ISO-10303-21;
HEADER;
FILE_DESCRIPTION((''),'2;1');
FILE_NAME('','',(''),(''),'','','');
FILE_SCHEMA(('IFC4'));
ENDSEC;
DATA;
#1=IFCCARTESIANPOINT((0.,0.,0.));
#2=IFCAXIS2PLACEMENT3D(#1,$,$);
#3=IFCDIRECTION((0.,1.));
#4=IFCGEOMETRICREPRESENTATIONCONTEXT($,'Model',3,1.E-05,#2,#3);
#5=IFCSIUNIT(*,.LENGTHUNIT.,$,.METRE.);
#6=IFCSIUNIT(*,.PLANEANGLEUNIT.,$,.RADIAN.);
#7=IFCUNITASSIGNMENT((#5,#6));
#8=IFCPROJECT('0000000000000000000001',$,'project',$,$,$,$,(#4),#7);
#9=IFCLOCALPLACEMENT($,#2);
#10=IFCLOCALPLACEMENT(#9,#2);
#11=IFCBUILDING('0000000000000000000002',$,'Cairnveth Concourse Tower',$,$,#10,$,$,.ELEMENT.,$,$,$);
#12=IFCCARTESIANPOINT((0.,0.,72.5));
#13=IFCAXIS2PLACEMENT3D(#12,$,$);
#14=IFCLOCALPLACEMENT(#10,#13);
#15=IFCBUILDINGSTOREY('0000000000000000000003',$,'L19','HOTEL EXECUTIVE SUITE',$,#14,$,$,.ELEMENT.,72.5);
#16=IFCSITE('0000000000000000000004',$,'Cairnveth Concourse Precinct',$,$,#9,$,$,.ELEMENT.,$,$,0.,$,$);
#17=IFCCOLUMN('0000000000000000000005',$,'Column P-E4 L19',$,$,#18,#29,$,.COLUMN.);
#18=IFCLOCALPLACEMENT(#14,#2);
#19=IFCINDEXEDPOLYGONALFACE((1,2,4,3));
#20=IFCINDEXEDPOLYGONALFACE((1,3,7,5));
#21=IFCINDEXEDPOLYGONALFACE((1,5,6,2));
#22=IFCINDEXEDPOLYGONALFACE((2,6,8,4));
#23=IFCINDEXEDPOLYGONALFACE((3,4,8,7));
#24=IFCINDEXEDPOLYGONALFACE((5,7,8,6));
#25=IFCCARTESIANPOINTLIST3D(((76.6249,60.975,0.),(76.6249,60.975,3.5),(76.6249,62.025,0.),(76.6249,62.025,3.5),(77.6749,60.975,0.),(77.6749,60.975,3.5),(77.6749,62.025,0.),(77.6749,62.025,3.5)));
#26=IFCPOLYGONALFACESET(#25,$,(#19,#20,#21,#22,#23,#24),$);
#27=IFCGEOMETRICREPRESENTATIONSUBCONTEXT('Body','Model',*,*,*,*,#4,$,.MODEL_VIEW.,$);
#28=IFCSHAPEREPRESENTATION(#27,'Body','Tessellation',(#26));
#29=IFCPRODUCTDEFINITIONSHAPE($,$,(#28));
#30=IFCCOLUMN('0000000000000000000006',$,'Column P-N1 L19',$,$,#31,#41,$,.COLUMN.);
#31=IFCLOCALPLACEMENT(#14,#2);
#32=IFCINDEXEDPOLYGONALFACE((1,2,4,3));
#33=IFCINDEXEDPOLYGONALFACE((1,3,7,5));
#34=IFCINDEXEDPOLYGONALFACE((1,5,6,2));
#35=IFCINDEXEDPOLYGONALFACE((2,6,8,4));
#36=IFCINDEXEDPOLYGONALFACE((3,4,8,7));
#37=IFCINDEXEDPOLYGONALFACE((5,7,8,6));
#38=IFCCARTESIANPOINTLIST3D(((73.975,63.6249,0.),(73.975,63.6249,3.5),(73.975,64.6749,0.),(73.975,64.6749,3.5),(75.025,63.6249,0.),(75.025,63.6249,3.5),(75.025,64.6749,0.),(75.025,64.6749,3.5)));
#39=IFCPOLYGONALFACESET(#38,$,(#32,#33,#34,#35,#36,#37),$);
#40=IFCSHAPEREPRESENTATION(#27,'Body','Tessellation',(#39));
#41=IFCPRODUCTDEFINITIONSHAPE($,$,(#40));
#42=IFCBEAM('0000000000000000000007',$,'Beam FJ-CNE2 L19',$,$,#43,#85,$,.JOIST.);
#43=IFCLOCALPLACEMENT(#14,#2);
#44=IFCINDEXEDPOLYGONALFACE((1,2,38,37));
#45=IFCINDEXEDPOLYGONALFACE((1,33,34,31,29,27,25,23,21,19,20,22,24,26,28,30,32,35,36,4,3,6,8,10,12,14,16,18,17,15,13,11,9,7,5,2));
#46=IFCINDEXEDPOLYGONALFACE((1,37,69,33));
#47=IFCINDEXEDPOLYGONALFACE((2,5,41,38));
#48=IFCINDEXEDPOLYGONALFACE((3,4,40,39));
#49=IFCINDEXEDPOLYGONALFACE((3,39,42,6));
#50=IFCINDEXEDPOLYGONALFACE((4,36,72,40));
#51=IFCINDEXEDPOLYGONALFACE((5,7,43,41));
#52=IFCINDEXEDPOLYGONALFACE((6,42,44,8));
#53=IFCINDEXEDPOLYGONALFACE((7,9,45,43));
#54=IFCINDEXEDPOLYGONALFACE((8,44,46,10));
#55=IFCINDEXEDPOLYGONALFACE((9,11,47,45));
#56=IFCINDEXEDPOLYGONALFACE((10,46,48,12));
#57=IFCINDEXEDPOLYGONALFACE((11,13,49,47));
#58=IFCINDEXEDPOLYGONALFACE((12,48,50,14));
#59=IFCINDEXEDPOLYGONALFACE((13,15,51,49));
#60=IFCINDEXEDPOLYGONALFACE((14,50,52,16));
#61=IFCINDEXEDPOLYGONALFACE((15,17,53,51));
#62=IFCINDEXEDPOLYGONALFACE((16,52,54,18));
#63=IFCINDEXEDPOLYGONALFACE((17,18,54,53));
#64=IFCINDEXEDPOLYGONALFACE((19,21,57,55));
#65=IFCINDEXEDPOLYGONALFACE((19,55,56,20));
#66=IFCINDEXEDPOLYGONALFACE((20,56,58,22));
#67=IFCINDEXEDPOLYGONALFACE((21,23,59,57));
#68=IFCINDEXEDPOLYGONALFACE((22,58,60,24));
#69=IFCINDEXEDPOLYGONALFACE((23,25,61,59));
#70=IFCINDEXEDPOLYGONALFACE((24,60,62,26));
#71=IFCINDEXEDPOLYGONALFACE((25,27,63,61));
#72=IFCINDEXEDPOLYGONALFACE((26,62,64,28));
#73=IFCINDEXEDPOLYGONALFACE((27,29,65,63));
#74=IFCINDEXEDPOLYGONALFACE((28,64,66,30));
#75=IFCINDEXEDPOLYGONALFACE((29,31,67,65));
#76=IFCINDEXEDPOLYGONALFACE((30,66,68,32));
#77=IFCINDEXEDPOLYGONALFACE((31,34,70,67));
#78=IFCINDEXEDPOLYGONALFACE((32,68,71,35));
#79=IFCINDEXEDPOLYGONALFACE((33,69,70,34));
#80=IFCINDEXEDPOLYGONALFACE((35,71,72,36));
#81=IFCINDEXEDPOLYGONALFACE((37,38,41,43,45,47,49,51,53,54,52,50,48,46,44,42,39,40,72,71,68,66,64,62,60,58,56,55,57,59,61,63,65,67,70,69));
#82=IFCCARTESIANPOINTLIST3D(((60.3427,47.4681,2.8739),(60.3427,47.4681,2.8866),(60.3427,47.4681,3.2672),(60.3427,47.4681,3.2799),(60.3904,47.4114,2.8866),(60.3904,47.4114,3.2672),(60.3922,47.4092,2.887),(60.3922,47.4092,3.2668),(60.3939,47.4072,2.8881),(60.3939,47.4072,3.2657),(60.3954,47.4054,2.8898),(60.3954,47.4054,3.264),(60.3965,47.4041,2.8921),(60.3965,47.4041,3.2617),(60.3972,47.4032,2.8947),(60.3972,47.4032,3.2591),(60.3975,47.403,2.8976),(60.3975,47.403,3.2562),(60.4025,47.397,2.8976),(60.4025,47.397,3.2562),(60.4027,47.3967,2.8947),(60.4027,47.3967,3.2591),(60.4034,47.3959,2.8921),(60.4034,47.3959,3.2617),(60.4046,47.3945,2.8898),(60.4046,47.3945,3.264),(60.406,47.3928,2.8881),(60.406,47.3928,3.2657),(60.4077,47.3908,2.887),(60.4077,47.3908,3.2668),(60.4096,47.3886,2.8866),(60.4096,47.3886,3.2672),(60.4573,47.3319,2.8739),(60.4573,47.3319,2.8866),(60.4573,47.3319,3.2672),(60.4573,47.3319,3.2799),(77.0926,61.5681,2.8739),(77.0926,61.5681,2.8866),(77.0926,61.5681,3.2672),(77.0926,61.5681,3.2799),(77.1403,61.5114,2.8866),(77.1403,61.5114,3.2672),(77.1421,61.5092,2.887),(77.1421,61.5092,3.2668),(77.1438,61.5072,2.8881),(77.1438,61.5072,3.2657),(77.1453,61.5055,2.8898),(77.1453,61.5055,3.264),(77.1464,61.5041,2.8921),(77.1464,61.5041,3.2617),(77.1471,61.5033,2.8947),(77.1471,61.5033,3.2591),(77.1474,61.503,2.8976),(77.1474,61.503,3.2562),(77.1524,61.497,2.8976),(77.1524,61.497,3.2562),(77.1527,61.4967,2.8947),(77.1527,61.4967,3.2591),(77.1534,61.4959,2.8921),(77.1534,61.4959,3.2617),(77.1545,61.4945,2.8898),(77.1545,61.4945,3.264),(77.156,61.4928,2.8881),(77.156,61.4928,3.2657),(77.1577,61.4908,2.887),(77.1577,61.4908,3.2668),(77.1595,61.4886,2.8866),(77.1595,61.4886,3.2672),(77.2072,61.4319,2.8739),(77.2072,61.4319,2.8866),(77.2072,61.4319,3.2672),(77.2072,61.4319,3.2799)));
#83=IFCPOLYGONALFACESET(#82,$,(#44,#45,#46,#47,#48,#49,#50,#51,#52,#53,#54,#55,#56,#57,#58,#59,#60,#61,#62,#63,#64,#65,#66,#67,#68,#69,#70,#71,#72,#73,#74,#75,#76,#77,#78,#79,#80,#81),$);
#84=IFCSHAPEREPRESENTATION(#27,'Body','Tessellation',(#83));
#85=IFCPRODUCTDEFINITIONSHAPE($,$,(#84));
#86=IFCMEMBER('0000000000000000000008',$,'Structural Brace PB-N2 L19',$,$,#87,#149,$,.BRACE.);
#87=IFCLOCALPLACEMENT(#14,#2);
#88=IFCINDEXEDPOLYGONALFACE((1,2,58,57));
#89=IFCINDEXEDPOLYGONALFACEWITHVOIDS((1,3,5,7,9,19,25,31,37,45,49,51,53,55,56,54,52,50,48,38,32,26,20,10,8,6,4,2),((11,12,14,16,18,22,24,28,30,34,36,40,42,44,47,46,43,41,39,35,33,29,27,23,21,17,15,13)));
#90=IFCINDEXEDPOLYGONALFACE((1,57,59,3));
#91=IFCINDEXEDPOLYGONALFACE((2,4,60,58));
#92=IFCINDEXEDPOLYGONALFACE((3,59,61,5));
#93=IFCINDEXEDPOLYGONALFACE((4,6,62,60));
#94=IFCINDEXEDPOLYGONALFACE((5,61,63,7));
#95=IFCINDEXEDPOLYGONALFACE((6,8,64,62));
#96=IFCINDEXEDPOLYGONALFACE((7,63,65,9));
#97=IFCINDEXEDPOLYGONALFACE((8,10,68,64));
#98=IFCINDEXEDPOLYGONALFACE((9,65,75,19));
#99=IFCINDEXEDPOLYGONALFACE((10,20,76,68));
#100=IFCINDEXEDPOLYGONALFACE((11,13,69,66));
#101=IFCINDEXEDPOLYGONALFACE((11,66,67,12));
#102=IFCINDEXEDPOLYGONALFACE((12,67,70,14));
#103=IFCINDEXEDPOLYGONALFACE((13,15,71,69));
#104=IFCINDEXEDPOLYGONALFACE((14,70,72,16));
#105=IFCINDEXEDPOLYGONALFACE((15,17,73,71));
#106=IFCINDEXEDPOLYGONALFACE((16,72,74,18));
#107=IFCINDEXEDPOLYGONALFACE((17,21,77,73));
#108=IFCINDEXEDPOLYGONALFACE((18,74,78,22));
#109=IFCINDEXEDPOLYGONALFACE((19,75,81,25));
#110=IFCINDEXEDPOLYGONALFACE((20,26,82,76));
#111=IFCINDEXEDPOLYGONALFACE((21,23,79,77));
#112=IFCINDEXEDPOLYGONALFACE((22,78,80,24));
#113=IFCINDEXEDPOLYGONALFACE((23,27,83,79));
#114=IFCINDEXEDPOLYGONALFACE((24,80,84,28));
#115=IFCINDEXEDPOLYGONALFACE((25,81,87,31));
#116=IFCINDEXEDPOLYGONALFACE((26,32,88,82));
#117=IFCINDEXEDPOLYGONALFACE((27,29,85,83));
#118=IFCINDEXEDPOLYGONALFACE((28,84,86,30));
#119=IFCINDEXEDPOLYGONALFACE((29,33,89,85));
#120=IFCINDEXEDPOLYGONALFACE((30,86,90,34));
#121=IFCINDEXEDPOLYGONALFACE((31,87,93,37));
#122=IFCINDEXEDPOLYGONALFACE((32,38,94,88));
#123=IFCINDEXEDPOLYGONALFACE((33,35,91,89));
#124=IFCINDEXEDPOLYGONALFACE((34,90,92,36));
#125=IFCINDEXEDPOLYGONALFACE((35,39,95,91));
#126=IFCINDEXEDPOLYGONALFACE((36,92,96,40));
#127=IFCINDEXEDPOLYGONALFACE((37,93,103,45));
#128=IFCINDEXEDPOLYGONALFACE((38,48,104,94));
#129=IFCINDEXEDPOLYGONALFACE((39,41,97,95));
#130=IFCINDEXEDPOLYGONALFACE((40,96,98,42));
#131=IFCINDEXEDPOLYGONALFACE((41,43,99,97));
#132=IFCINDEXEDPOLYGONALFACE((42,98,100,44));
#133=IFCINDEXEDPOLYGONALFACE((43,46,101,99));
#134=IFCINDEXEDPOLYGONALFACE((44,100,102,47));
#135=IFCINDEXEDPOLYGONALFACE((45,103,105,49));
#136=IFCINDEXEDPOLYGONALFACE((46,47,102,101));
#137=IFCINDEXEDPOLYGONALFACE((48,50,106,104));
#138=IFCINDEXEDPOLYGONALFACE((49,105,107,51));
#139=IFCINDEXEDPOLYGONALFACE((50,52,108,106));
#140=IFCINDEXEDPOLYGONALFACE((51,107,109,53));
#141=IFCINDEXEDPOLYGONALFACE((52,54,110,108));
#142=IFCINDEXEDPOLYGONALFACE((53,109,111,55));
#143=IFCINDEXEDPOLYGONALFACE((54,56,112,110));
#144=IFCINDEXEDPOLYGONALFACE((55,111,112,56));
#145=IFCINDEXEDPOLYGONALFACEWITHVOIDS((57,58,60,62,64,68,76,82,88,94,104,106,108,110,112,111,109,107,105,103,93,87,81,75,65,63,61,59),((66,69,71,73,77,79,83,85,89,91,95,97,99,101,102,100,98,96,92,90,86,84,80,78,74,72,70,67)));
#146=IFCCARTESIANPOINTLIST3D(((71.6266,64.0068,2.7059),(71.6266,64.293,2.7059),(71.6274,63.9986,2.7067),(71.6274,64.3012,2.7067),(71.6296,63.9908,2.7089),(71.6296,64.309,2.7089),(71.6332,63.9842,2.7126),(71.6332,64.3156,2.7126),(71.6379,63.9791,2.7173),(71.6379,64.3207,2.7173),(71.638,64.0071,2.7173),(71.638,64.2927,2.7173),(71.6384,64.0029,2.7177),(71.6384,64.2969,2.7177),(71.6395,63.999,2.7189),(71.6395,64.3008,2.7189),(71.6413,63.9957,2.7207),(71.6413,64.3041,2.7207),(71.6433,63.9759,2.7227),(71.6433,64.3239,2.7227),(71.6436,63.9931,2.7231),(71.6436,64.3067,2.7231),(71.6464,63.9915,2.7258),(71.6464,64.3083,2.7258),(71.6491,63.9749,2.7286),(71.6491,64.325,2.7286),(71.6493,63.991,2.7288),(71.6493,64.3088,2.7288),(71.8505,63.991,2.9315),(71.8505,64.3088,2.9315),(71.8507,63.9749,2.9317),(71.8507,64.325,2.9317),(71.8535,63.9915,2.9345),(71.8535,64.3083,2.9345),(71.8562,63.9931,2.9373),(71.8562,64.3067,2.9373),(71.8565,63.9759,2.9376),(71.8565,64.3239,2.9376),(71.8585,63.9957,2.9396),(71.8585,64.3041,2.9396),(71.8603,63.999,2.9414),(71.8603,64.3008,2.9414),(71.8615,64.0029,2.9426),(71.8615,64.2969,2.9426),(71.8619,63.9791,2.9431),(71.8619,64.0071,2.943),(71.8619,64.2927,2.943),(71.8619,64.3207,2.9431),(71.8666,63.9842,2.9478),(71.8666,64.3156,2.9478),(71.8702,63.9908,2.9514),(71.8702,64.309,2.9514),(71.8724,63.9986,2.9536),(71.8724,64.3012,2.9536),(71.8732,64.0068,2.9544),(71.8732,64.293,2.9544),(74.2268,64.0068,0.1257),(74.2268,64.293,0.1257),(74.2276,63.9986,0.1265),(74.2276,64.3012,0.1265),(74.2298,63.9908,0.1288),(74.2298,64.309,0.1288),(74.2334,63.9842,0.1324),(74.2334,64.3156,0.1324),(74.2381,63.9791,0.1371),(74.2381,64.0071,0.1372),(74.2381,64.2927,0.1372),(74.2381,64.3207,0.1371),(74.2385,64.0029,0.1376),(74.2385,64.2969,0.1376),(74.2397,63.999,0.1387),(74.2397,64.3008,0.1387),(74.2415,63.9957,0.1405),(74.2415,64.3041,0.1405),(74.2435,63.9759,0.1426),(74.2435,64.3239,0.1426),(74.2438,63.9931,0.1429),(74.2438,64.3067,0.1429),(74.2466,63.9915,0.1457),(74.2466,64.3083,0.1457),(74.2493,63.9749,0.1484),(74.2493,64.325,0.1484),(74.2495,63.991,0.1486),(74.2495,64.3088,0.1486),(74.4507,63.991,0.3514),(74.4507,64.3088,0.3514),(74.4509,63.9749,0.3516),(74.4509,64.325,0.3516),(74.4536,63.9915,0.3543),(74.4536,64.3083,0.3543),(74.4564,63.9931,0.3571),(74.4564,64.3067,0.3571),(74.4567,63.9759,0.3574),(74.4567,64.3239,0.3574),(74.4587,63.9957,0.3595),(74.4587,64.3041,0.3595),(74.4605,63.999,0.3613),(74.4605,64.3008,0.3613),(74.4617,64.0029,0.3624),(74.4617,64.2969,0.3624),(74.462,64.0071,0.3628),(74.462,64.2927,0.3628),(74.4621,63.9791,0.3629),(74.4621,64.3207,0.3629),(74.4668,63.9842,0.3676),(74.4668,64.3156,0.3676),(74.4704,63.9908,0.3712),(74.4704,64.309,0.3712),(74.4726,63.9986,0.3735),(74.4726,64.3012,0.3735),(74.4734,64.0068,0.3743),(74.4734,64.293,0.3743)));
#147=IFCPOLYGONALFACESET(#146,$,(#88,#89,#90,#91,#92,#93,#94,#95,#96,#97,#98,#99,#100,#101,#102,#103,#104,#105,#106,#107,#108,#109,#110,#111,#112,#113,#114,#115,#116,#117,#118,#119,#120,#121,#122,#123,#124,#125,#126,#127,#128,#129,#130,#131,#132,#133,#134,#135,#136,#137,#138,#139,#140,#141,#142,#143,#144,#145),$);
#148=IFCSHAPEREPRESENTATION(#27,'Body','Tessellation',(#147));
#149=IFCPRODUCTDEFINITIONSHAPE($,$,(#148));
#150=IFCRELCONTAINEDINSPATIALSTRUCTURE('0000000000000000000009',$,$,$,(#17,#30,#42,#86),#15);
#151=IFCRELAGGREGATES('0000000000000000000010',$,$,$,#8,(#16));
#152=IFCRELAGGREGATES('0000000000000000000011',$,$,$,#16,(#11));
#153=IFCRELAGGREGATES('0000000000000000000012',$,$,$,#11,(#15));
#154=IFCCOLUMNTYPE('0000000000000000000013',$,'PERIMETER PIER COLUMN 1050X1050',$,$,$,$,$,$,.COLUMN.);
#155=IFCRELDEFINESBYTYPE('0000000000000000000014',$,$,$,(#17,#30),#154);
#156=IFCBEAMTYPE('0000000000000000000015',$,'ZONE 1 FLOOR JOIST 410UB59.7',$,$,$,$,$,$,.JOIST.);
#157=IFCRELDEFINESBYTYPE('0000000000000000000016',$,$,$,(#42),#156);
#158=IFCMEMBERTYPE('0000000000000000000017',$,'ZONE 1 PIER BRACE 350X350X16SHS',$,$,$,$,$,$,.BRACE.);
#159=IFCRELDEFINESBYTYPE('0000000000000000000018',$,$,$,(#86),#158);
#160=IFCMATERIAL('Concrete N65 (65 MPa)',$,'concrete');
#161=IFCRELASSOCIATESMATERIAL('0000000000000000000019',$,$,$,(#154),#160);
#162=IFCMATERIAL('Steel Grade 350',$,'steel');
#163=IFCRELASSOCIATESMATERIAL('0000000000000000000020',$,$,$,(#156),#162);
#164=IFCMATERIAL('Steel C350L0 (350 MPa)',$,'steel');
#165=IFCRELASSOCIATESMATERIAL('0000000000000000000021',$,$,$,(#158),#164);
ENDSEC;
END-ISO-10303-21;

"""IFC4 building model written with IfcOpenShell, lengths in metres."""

from ifc_helpers import new_model, si_unit, direction, frame, origin, origin_2d, place, context, subcontext, project, spatial, rectangle, hollow_rectangle, i_section, extrude, material, material_profile, profile_set, type_object, element, save


model = new_model("IFC4")

# Units and contexts
model_context = context("Model", 3, precision=1e-05, world=origin(), true_north=direction((0.0, 1.0)))
body_context = subcontext(model_context, "Body", "Model", "MODEL_VIEW")
ifc_project = project(units=[si_unit("LENGTHUNIT", "METRE"), si_unit("PLANEANGLEUNIT", "RADIAN")], contexts=[model_context])

# Site, building, storey
site_placement = place(None, origin())
site = spatial("IfcSite", under=ifc_project, at=site_placement, Name="Cairnveth Concourse Precinct", CompositionType="ELEMENT", RefElevation=0.0)
building_placement = place(site_placement, origin())
building = spatial("IfcBuilding", under=site, at=building_placement, Name="Cairnveth Concourse Tower", CompositionType="ELEMENT")
storey_placement = place(building_placement, frame((0.0, 0.0, 72.5)))
storey = spatial("IfcBuildingStorey", under=building, at=storey_placement, Name="L19", Description="HOTEL EXECUTIVE SUITE", CompositionType="ELEMENT", Elevation=72.5)

# Columns
ifc_material_1 = material(Name="Concrete N65 (65 MPa)", Category="concrete")
ifc_material_profile_1 = material_profile(ifc_material_1, rectangle(XDim=1.05, YDim=1.05, at=origin_2d()), Name="RC-COL-1050x1050")
ifc_profile_set_1 = profile_set([ifc_material_profile_1], Name="Concrete N65 (65 MPa)")
column_type = type_object("IfcColumnType", Name="PERIMETER PIER COLUMN 1050X1050", PredefinedType="COLUMN", material=ifc_profile_set_1)
for number, where, z_axis, x_axis, name in (
    (1, (77.1499, 61.5, 0.0), (0.0, 0.0, 1.0), (0.0, 1.0, 0.0), "Column P-E4 L19"),
    (2, (74.5, 64.1499, 0.0), (0.0, 0.0, 1.0), (1.0, 0.0, 0.0), "Column P-N1 L19"),
):
    element("IfcColumn", number, at=place(storey_placement, frame(where, z_axis=z_axis, x_axis=x_axis)), inside=storey, type_object=column_type, Name=name, PredefinedType="COLUMN", context=body_context, shape_type="SweptSolid", body=[
        extrude(rectangle(XDim=1.05, YDim=1.05, at=origin_2d()), origin(), (0.0, 0.0, 1.0), 3.5),
    ])

# Beam
ifc_material_2 = material(Name="Steel Grade 350", Category="steel")
ifc_material_profile_2 = material_profile(ifc_material_2, i_section(OverallWidth=0.178, OverallDepth=0.406, WebThickness=0.0078, FlangeThickness=0.0127, FilletRadius=0.011, at=origin_2d()), Name="410UB59.7")
ifc_profile_set_2 = profile_set([ifc_material_profile_2], Name="Steel Grade 350")
beam_type_1 = type_object("IfcBeamType", Name="ZONE 1 FLOOR JOIST 410UB59.7", PredefinedType="JOIST", material=ifc_profile_set_2)
beam_1_placement = place(storey_placement, frame((77.1499, 61.5, 3.0769), z_axis=(-0.765027, -0.643998, 0.0), x_axis=(0.643998, -0.765027, 0.0)))
element("IfcBeam", 3, at=beam_1_placement, inside=storey, type_object=beam_type_1, Name="Beam FJ-CNE2 L19", PredefinedType="JOIST", context=body_context, shape_type="SweptSolid", body=[
    extrude(i_section(OverallWidth=0.178, OverallDepth=0.406, WebThickness=0.0078, FlangeThickness=0.0127, FilletRadius=0.011, at=origin_2d()), origin(), (0.0, 0.0, 1.0), 21.8945),
])

# Member
ifc_material_3 = material(Name="Steel C350L0 (350 MPa)", Category="steel")
ifc_material_profile_3 = material_profile(ifc_material_3, hollow_rectangle(XDim=0.3501, YDim=0.3501, WallThickness=0.0161, InnerFilletRadius=0.0161, OuterFilletRadius=0.032, at=origin_2d()), Name="350x350x16.0SHS")
ifc_profile_set_3 = profile_set([ifc_material_profile_3], Name="Steel C350L0 (350 MPa)")
member_type = type_object("IfcMemberType", Name="ZONE 1 PIER BRACE 350X350X16SHS", PredefinedType="BRACE", material=ifc_profile_set_3)
for number, where, z_axis, x_axis, name in (
    (4, (74.3501, 64.1499, 0.25), (-0.709834, 0.0, 0.704369), (0.0, -1.0, 0.0), "Structural Brace PB-N2 L19"),
):
    element("IfcMember", number, at=place(storey_placement, frame(where, z_axis=z_axis, x_axis=x_axis)), inside=storey, type_object=member_type, Name=name, PredefinedType="BRACE", context=body_context, shape_type="SweptSolid", body=[
        extrude(hollow_rectangle(XDim=0.3501, YDim=0.3501, WallThickness=0.0161, InnerFilletRadius=0.0161, OuterFilletRadius=0.032, at=origin_2d()), origin(), (0.0, 0.0, 1.0), 3.6631),
    ])

save(model, "model.ifc")
